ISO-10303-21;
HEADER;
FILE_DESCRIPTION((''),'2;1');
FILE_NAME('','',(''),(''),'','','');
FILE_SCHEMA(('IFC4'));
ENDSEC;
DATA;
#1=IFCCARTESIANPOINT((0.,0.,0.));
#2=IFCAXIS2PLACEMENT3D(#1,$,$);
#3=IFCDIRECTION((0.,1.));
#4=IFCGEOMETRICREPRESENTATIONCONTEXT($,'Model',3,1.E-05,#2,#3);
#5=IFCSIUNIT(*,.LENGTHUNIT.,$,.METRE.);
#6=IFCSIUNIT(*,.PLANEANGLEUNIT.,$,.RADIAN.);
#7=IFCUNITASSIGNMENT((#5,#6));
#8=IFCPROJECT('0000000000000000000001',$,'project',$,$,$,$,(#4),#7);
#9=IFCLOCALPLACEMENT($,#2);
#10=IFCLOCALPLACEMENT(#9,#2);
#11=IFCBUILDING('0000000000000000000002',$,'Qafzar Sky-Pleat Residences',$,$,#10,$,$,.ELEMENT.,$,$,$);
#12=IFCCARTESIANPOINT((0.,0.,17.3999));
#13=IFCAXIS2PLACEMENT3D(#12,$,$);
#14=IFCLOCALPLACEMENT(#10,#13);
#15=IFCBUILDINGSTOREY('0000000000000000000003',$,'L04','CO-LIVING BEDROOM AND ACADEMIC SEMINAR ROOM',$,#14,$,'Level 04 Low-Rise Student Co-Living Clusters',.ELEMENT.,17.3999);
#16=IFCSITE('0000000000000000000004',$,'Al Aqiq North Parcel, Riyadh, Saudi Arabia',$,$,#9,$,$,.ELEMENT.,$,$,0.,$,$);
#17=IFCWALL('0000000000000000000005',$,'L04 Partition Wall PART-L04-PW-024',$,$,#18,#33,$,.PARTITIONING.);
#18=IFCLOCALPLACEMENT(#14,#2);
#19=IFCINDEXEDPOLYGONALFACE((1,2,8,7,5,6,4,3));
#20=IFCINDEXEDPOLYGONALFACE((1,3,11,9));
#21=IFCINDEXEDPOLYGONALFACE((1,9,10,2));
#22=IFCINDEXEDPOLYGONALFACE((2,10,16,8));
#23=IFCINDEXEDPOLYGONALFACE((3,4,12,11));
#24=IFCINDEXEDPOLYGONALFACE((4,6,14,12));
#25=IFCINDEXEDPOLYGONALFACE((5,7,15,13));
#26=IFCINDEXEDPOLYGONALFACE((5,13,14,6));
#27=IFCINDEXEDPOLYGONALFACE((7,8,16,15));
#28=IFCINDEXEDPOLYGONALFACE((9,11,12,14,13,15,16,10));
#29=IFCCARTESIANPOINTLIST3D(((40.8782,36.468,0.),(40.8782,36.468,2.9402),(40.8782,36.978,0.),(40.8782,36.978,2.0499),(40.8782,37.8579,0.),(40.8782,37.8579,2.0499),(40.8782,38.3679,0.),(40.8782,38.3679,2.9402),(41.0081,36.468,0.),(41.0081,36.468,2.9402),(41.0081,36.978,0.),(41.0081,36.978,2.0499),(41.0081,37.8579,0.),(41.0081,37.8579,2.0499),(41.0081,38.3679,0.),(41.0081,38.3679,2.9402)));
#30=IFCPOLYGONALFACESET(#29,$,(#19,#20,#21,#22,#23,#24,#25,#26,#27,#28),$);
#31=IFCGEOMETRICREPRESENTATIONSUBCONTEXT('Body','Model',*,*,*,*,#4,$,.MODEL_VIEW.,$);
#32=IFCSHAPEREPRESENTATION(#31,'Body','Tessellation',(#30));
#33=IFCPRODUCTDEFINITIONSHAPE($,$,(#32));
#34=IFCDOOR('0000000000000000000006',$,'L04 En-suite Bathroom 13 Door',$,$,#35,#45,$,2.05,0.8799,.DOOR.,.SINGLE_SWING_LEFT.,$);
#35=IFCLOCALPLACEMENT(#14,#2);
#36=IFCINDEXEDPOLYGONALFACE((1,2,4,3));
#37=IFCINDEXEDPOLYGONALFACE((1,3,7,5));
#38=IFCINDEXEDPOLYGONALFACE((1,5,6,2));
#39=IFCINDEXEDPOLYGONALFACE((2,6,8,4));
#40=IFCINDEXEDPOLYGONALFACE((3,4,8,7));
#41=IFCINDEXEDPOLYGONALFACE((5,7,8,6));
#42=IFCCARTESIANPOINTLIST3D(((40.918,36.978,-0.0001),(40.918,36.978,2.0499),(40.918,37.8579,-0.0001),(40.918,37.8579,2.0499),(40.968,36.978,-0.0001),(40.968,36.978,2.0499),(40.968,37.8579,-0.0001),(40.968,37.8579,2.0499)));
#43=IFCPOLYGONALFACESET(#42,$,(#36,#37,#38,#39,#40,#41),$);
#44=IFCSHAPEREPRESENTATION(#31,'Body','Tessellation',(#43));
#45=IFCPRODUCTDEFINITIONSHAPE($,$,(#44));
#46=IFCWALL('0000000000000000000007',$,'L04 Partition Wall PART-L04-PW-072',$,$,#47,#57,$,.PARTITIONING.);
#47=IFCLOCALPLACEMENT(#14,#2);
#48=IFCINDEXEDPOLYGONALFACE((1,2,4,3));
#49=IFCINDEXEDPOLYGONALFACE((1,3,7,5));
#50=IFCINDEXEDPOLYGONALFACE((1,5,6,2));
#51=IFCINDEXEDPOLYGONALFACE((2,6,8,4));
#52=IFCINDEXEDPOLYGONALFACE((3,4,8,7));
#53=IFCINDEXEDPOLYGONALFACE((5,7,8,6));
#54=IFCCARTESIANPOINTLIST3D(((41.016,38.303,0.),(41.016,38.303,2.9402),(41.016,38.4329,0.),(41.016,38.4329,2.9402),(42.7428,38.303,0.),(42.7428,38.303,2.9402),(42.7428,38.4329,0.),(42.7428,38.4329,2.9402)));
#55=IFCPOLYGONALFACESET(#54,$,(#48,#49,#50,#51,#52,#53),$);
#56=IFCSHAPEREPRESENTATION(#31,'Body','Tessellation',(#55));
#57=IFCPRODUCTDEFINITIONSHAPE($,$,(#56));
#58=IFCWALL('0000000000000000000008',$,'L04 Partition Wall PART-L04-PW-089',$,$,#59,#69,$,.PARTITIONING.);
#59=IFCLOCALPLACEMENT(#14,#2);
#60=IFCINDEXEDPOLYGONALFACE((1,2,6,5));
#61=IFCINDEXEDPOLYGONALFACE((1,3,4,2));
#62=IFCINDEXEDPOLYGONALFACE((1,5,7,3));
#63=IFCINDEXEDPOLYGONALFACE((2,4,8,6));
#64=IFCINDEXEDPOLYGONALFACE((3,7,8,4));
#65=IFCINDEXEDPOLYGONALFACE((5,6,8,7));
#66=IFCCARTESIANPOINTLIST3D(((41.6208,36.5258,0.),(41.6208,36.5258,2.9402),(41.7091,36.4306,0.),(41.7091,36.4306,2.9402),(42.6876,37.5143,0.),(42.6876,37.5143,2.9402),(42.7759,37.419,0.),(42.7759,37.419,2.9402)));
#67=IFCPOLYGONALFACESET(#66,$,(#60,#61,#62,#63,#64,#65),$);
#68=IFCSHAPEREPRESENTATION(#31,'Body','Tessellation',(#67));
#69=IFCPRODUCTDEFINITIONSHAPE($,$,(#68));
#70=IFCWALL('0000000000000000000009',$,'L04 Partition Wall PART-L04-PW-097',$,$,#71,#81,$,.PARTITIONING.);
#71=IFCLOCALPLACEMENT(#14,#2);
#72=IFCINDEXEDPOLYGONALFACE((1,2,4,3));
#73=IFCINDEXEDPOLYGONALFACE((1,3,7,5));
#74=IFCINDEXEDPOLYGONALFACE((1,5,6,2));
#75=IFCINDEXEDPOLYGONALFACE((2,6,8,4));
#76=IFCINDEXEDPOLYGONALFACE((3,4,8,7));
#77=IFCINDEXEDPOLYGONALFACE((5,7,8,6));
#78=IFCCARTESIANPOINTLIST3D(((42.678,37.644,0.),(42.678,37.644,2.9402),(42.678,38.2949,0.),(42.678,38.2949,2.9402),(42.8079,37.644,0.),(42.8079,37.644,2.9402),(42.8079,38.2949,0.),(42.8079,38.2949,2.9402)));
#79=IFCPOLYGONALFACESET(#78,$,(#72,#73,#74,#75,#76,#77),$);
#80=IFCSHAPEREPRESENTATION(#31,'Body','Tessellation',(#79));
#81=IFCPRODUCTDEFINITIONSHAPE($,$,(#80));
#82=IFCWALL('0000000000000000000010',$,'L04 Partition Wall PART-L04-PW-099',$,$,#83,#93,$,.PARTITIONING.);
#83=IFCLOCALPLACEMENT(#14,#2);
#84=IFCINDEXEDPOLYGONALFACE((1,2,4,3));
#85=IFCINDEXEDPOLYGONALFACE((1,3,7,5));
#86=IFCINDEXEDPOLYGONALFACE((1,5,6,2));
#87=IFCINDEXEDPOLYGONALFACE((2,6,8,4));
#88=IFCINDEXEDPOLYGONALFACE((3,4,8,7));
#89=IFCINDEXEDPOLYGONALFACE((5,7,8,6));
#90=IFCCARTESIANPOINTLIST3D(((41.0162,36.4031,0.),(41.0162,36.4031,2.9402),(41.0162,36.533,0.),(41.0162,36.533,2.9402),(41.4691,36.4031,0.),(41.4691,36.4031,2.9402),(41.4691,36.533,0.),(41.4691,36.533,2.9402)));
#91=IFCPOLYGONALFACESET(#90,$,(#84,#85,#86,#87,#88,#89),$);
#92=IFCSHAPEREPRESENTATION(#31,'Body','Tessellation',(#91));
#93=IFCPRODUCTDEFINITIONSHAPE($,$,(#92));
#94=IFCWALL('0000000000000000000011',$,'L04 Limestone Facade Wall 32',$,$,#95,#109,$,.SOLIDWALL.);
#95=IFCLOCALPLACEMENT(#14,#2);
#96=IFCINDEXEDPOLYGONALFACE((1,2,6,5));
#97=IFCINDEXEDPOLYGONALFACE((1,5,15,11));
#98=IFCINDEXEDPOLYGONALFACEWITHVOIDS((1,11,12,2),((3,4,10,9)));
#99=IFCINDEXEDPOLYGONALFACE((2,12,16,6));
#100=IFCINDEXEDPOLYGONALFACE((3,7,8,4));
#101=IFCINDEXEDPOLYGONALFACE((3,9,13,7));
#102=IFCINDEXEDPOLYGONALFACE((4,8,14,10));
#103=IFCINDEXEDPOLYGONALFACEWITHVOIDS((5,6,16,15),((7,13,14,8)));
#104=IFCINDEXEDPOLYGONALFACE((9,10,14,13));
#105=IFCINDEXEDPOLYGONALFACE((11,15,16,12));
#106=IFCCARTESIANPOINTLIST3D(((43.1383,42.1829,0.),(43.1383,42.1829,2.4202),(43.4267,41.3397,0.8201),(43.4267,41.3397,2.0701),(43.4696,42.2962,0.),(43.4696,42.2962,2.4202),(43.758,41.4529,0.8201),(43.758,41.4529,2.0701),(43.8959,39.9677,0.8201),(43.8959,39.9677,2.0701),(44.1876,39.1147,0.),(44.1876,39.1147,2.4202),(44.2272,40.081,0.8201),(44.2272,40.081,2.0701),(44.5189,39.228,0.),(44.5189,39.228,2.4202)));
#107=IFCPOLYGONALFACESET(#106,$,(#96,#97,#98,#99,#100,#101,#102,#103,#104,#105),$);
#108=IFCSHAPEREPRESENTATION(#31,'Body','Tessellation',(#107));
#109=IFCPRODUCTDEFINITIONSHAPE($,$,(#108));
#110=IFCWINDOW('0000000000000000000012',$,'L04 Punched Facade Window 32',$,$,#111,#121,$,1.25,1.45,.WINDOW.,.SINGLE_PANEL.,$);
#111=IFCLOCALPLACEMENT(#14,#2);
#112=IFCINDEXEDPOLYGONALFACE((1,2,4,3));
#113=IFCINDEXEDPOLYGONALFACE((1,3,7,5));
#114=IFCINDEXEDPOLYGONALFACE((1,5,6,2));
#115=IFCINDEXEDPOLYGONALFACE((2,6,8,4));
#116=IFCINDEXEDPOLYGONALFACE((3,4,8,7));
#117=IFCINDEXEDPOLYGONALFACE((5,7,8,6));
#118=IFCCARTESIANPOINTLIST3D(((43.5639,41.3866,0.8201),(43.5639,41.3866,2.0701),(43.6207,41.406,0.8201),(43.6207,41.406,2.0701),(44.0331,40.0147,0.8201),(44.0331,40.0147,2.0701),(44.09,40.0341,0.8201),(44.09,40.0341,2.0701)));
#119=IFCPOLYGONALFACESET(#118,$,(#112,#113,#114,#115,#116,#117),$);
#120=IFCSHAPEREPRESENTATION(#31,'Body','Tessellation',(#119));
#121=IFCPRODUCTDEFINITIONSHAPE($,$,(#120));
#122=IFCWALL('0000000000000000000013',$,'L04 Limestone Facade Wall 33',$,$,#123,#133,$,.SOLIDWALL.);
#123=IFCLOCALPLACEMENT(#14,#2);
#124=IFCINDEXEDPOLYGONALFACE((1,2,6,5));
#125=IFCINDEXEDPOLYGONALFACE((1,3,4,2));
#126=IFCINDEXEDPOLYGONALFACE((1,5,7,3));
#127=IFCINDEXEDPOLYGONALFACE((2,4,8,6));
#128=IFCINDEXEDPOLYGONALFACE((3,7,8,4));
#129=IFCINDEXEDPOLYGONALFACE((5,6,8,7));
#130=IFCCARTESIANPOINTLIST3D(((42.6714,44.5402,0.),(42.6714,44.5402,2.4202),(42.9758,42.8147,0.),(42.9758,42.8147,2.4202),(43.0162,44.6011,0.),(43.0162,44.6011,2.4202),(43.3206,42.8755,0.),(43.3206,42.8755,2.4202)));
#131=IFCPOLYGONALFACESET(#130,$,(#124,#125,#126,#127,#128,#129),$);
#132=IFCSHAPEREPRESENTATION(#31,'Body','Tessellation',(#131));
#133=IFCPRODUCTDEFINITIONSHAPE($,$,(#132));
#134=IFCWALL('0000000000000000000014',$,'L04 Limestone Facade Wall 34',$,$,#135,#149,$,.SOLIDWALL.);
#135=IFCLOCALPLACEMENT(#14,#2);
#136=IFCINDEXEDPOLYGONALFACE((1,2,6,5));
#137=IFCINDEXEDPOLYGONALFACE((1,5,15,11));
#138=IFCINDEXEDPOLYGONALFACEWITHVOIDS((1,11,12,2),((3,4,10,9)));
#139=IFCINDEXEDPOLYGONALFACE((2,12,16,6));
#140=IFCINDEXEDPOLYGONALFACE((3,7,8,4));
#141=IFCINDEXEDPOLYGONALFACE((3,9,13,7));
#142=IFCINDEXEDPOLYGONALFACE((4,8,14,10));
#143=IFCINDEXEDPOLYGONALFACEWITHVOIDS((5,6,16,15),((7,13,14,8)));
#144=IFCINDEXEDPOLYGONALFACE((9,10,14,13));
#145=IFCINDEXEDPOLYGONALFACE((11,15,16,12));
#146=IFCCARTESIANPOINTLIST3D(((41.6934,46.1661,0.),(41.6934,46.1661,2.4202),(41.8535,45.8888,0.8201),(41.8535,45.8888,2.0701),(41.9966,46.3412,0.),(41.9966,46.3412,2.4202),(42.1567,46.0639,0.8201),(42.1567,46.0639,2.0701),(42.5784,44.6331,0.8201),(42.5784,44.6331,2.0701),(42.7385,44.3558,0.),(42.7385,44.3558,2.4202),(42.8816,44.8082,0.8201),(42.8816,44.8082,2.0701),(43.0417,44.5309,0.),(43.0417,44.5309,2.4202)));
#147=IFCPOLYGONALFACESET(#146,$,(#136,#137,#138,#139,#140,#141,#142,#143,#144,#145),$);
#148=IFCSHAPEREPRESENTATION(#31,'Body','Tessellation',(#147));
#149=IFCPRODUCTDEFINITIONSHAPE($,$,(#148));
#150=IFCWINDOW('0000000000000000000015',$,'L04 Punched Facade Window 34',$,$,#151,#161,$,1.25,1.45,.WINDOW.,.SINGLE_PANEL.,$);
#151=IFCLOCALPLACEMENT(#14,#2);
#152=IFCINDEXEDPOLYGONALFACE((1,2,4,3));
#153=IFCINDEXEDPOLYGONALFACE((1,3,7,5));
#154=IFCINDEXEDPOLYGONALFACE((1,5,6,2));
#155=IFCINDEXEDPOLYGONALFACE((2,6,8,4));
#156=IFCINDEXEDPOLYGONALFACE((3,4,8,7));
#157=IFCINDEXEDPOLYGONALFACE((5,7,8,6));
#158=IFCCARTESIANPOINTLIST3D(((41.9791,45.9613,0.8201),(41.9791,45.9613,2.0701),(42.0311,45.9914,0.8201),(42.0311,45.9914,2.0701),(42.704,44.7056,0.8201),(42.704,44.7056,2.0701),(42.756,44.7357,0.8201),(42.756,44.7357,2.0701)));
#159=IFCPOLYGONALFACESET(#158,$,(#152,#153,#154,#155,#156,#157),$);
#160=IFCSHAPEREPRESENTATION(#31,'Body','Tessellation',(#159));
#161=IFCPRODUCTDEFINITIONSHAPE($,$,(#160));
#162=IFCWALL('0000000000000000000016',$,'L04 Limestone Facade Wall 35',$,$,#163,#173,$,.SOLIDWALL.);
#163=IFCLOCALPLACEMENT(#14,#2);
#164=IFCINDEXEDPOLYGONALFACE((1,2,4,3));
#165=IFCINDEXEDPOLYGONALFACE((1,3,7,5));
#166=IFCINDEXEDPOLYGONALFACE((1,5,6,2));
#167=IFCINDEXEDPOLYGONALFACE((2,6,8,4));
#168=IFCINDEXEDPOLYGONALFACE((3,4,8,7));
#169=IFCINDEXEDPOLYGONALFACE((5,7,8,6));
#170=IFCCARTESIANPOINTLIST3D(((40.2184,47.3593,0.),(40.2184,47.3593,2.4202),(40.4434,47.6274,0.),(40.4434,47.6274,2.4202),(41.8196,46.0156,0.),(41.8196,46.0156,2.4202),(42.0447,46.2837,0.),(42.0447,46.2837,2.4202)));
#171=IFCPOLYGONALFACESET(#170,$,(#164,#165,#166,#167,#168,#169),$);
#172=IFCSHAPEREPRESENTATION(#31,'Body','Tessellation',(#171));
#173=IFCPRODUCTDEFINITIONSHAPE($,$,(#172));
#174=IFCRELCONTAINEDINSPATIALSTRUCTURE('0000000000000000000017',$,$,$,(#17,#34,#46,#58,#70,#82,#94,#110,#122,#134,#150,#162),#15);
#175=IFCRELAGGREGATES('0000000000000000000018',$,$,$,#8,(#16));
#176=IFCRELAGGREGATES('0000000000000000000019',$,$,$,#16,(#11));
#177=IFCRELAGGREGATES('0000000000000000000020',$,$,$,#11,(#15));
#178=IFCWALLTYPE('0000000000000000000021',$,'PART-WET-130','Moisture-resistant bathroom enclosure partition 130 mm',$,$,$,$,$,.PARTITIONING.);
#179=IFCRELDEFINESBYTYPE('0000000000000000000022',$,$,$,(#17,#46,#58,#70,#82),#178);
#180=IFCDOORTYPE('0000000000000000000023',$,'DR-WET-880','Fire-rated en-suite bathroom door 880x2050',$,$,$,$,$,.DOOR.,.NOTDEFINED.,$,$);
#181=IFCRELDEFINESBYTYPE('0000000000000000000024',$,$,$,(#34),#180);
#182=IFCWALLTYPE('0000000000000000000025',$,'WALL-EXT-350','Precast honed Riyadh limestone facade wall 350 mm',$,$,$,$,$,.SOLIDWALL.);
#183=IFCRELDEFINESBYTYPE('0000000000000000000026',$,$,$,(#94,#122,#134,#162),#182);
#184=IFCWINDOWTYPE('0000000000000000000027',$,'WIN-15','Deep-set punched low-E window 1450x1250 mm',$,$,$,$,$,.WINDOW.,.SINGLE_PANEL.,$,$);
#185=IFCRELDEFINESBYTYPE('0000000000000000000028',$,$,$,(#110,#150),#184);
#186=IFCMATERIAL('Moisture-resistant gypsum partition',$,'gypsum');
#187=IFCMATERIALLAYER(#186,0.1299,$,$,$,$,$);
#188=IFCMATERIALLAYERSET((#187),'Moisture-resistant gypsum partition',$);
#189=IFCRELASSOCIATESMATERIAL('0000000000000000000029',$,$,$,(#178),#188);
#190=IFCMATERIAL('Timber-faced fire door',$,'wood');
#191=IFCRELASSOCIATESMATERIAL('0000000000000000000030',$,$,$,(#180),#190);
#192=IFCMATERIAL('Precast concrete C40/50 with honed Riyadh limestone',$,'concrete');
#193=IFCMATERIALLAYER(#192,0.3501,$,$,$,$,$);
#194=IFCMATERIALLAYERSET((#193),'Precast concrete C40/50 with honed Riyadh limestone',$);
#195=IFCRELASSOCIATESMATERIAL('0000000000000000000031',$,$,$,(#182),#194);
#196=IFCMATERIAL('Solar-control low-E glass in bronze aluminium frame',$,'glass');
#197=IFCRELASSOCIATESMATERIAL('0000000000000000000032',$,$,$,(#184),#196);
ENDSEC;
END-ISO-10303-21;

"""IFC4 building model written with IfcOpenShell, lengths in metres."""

from ifc_helpers import new_model, si_unit, direction, frame, frame_2d, origin, place, context, subcontext, project, spatial, rectangle, extrude, source, transform, mapped, material, layer, layer_set, type_object, element, fill, save


model = new_model("IFC4")

# Units and contexts
model_context = context("Model", 3, precision=1e-05, world=origin(), true_north=direction((0.0, 1.0)))
body_context = subcontext(model_context, "Body", "Model", "MODEL_VIEW")
ifc_project = project(units=[si_unit("LENGTHUNIT", "METRE"), si_unit("PLANEANGLEUNIT", "RADIAN")], contexts=[model_context])

# Site, building, storey
site_placement = place(None, origin())
site = spatial("IfcSite", under=ifc_project, at=site_placement, Name="Al Aqiq North Parcel, Riyadh, Saudi Arabia", CompositionType="ELEMENT", RefElevation=0.0)
building_placement = place(site_placement, origin())
building = spatial("IfcBuilding", under=site, at=building_placement, Name="Qafzar Sky-Pleat Residences", CompositionType="ELEMENT")
storey_placement = place(building_placement, frame((0.0, 0.0, 17.3999)))
storey = spatial("IfcBuildingStorey", under=building, at=storey_placement, Name="L04", Description="CO-LIVING BEDROOM AND ACADEMIC SEMINAR ROOM", LongName="Level 04 Low-Rise Student Co-Living Clusters", CompositionType="ELEMENT", Elevation=17.3999)

# Wall, opening, door
ifc_material_1 = material(Name="Moisture-resistant gypsum partition", Category="gypsum")
ifc_layer_1 = layer(ifc_material_1, 0.1299)
ifc_layer_set_1 = layer_set([ifc_layer_1], Name="Moisture-resistant gypsum partition")
wall_type_1 = type_object("IfcWallType", Name="PART-WET-130", Description="Moisture-resistant bathroom enclosure partition 130 mm", PredefinedType="PARTITIONING", material=ifc_layer_set_1)
wall_1_placement = place(storey_placement, frame((40.9431, 38.3679, 0.0), z_axis=(0.0, 0.0, 1.0), x_axis=(0.0, -1.0, 0.0)))
wall_1 = element("IfcWall", 1, at=wall_1_placement, inside=storey, type_object=wall_type_1, Name="L04 Partition Wall PART-L04-PW-024", PredefinedType="PARTITIONING", context=body_context, shape_type="SweptSolid", body=[
    extrude(rectangle(XDim=1.8999, YDim=0.1299, at=frame_2d((0.95, 0.0))), origin(), (0.0, 0.0, 1.0), 2.9402),
])
opening_1_placement = place(wall_1_placement, frame((0.51, 0.0, 0.0)))
opening_1 = element("IfcOpeningElement", 2, at=opening_1_placement, cuts=wall_1, PredefinedType="OPENING", context=body_context, shape_type="SweptSolid", body=[
    extrude(rectangle(XDim=0.8799, YDim=2.05, at=frame_2d((0.4399, 1.0249))), frame((0.0, 0.075, 0.0), z_axis=(0.0, -1.0, 0.0), x_axis=(1.0, 0.0, 0.0)), (0.0, 0.0, 1.0), 0.1499),
])
ifc_material_2 = material(Name="Timber-faced fire door", Category="wood")
door_type = type_object("IfcDoorType", Name="DR-WET-880", Description="Fire-rated en-suite bathroom door 880x2050", OperationType="NOTDEFINED", PredefinedType="DOOR", material=ifc_material_2)
shared_shape_1 = source(origin(), body_context, "Body", "SweptSolid", [
    extrude(rectangle(XDim=0.8799, YDim=2.05, at=frame_2d((0.4399, 1.0249))), frame((0.0, 0.0249, 0.0), z_axis=(0.0, -1.0, 0.0), x_axis=(1.0, 0.0, 0.0)), (0.0, 0.0, 1.0), 0.05),
])
door_placement = place(opening_1_placement, origin())
door = element("IfcDoor", 3, at=door_placement, inside=storey, type_object=door_type, Name="L04 En-suite Bathroom 13 Door", OperationType="SINGLE_SWING_LEFT", OverallHeight=2.05, OverallWidth=0.8799, PredefinedType="DOOR", context=body_context, shape_type="MappedRepresentation", body=[
    mapped(shared_shape_1, transform((0.0, 0.0, 0.0), x_axis=(1.0, 0.0, 0.0), y_axis=(0.0, 1.0, 0.0), z_axis=(0.0, 0.0, 1.0), scale=1.0)),
])
fill(opening_1, door)

# Walls
wall_2_placement = place(storey_placement, frame((41.0161, 38.3679, 0.0), z_axis=(0.0, 0.0, 1.0), x_axis=(1.0, 0.0, 0.0)))
element("IfcWall", 4, at=wall_2_placement, inside=storey, type_object=wall_type_1, Name="L04 Partition Wall PART-L04-PW-072", PredefinedType="PARTITIONING", context=body_context, shape_type="SweptSolid", body=[
    extrude(rectangle(XDim=1.7268, YDim=0.1299, at=frame_2d((0.8633, 0.0))), origin(), (0.0, 0.0, 1.0), 2.9402),
])
wall_3_placement = place(storey_placement, frame((41.665, 36.4783, 0.0), z_axis=(0.0, 0.0, 1.0), x_axis=(0.733534, 0.679652, 0.0)))
element("IfcWall", 5, at=wall_3_placement, inside=storey, type_object=wall_type_1, Name="L04 Partition Wall PART-L04-PW-089", PredefinedType="PARTITIONING", context=body_context, shape_type="SweptSolid", body=[
    extrude(rectangle(XDim=1.4543, YDim=0.1299, at=frame_2d((0.7271, 0.0))), origin(), (0.0, 0.0, 1.0), 2.9402),
])
wall_4_placement = place(storey_placement, frame((42.7429, 37.644, 0.0), z_axis=(0.0, 0.0, 1.0), x_axis=(0.0, 1.0, 0.0)))
element("IfcWall", 6, at=wall_4_placement, inside=storey, type_object=wall_type_1, Name="L04 Partition Wall PART-L04-PW-097", PredefinedType="PARTITIONING", context=body_context, shape_type="SweptSolid", body=[
    extrude(rectangle(XDim=0.6509, YDim=0.1299, at=frame_2d((0.3254, 0.0))), origin(), (0.0, 0.0, 1.0), 2.9402),
])
wall_5_placement = place(storey_placement, frame((41.0161, 36.468, 0.0), z_axis=(0.0, 0.0, 1.0), x_axis=(1.0, 0.0, 0.0)))
element("IfcWall", 7, at=wall_5_placement, inside=storey, type_object=wall_type_1, Name="L04 Partition Wall PART-L04-PW-099", PredefinedType="PARTITIONING", context=body_context, shape_type="SweptSolid", body=[
    extrude(rectangle(XDim=0.4529, YDim=0.1299, at=frame_2d((0.2266, 0.0))), origin(), (0.0, 0.0, 1.0), 2.9402),
])

# Wall, opening, window
ifc_material_3 = material(Name="Precast concrete C40/50 with honed Riyadh limestone", Category="concrete")
ifc_layer_2 = layer(ifc_material_3, 0.3501)
ifc_layer_set_2 = layer_set([ifc_layer_2], Name="Precast concrete C40/50 with honed Riyadh limestone")
wall_type_2 = type_object("IfcWallType", Name="WALL-EXT-350", Description="Precast honed Riyadh limestone facade wall 350 mm", PredefinedType="SOLIDWALL", material=ifc_layer_set_2)
wall_6_placement = place(storey_placement, frame((44.3533, 39.1714, 0.0), z_axis=(0.0, 0.0, 1.0), x_axis=(-0.323604, 0.946193, 0.0)))
wall_6 = element("IfcWall", 8, at=wall_6_placement, inside=storey, type_object=wall_type_2, Name="L04 Limestone Facade Wall 32", PredefinedType="SOLIDWALL", context=body_context, shape_type="SweptSolid", body=[
    extrude(rectangle(XDim=3.2427, YDim=0.3501, at=frame_2d((1.6213, 0.0))), origin(), (0.0, 0.0, 1.0), 2.4202),
])
opening_2_placement = place(wall_6_placement, frame((0.9014, 0.0, 0.8201)))
opening_2 = element("IfcOpeningElement", 9, at=opening_2_placement, cuts=wall_6, PredefinedType="OPENING", context=body_context, shape_type="SweptSolid", body=[
    extrude(rectangle(XDim=1.45, YDim=1.25, at=frame_2d((0.7251, 0.625))), frame((0.0, 0.1851, 0.0), z_axis=(0.0, -1.0, 0.0), x_axis=(1.0, 0.0, 0.0)), (0.0, 0.0, 1.0), 0.3701),
])
ifc_material_4 = material(Name="Solar-control low-E glass in bronze aluminium frame", Category="glass")
window_type = type_object("IfcWindowType", Name="WIN-15", Description="Deep-set punched low-E window 1450x1250 mm", PartitioningType="SINGLE_PANEL", PredefinedType="WINDOW", material=ifc_material_4)
shared_shape_2 = source(origin(), body_context, "Body", "SweptSolid", [
    extrude(rectangle(XDim=1.45, YDim=1.25, at=frame_2d((0.7251, 0.625))), frame((0.0, 0.03, 0.0), z_axis=(0.0, -1.0, 0.0), x_axis=(1.0, 0.0, 0.0)), (0.0, 0.0, 1.0), 0.0601),
])
window_1_placement = place(opening_2_placement, origin())
window_1 = element("IfcWindow", 10, at=window_1_placement, inside=storey, type_object=window_type, Name="L04 Punched Facade Window 32", OverallHeight=1.25, OverallWidth=1.45, PartitioningType="SINGLE_PANEL", PredefinedType="WINDOW", context=body_context, shape_type="MappedRepresentation", body=[
    mapped(shared_shape_2, transform((0.0, 0.0, 0.0), x_axis=(1.0, 0.0, 0.0), y_axis=(0.0, 1.0, 0.0), z_axis=(0.0, 0.0, 1.0), scale=1.0)),
])
fill(opening_2, window_1)

# Wall
wall_7_placement = place(storey_placement, frame((43.1482, 42.8452, 0.0), z_axis=(0.0, 0.0, 1.0), x_axis=(-0.173746, 0.984791, 0.0)))
element("IfcWall", 11, at=wall_7_placement, inside=storey, type_object=wall_type_2, Name="L04 Limestone Facade Wall 33", PredefinedType="SOLIDWALL", context=body_context, shape_type="SweptSolid", body=[
    extrude(rectangle(XDim=1.7522, YDim=0.3501, at=frame_2d((0.876, 0.0))), origin(), (0.0, 0.0, 1.0), 2.4202),
])

# Wall, opening, window
wall_8_placement = place(storey_placement, frame((42.8901, 44.4434, 0.0), z_axis=(0.0, 0.0, 1.0), x_axis=(-0.499995, 0.866028, 0.0)))
wall_8 = element("IfcWall", 12, at=wall_8_placement, inside=storey, type_object=wall_type_2, Name="L04 Limestone Facade Wall 34", PredefinedType="SOLIDWALL", context=body_context, shape_type="SweptSolid", body=[
    extrude(rectangle(XDim=2.0903, YDim=0.3501, at=frame_2d((1.0452, 0.0))), origin(), (0.0, 0.0, 1.0), 2.4202),
])
opening_3_placement = place(wall_8_placement, frame((0.3201, 0.0, 0.8201)))
opening_3 = element("IfcOpeningElement", 13, at=opening_3_placement, cuts=wall_8, PredefinedType="OPENING", context=body_context, shape_type="SweptSolid", body=[
    extrude(rectangle(XDim=1.45, YDim=1.25, at=frame_2d((0.7251, 0.625))), frame((0.0, 0.1851, 0.0), z_axis=(0.0, -1.0, 0.0), x_axis=(1.0, 0.0, 0.0)), (0.0, 0.0, 1.0), 0.3701),
])
window_2_placement = place(opening_3_placement, origin())
window_2 = element("IfcWindow", 14, at=window_2_placement, inside=storey, type_object=window_type, Name="L04 Punched Facade Window 34", OverallHeight=1.25, OverallWidth=1.45, PartitioningType="SINGLE_PANEL", PredefinedType="WINDOW", context=body_context, shape_type="MappedRepresentation", body=[
    mapped(shared_shape_2, transform((0.0, 0.0, 0.0), x_axis=(1.0, 0.0, 0.0), y_axis=(0.0, 1.0, 0.0), z_axis=(0.0, 0.0, 1.0), scale=1.0)),
])
fill(opening_3, window_2)

# Wall
wall_9_placement = place(storey_placement, frame((41.9321, 46.1497, 0.0), z_axis=(0.0, 0.0, 1.0), x_axis=(-0.766025, 0.642811, 0.0)))
element("IfcWall", 15, at=wall_9_placement, inside=storey, type_object=wall_type_2, Name="L04 Limestone Facade Wall 35", PredefinedType="SOLIDWALL", context=body_context, shape_type="SweptSolid", body=[
    extrude(rectangle(XDim=2.0903, YDim=0.3501, at=frame_2d((1.0452, 0.0))), origin(), (0.0, 0.0, 1.0), 2.4202),
])

save(model, "model.ifc")
